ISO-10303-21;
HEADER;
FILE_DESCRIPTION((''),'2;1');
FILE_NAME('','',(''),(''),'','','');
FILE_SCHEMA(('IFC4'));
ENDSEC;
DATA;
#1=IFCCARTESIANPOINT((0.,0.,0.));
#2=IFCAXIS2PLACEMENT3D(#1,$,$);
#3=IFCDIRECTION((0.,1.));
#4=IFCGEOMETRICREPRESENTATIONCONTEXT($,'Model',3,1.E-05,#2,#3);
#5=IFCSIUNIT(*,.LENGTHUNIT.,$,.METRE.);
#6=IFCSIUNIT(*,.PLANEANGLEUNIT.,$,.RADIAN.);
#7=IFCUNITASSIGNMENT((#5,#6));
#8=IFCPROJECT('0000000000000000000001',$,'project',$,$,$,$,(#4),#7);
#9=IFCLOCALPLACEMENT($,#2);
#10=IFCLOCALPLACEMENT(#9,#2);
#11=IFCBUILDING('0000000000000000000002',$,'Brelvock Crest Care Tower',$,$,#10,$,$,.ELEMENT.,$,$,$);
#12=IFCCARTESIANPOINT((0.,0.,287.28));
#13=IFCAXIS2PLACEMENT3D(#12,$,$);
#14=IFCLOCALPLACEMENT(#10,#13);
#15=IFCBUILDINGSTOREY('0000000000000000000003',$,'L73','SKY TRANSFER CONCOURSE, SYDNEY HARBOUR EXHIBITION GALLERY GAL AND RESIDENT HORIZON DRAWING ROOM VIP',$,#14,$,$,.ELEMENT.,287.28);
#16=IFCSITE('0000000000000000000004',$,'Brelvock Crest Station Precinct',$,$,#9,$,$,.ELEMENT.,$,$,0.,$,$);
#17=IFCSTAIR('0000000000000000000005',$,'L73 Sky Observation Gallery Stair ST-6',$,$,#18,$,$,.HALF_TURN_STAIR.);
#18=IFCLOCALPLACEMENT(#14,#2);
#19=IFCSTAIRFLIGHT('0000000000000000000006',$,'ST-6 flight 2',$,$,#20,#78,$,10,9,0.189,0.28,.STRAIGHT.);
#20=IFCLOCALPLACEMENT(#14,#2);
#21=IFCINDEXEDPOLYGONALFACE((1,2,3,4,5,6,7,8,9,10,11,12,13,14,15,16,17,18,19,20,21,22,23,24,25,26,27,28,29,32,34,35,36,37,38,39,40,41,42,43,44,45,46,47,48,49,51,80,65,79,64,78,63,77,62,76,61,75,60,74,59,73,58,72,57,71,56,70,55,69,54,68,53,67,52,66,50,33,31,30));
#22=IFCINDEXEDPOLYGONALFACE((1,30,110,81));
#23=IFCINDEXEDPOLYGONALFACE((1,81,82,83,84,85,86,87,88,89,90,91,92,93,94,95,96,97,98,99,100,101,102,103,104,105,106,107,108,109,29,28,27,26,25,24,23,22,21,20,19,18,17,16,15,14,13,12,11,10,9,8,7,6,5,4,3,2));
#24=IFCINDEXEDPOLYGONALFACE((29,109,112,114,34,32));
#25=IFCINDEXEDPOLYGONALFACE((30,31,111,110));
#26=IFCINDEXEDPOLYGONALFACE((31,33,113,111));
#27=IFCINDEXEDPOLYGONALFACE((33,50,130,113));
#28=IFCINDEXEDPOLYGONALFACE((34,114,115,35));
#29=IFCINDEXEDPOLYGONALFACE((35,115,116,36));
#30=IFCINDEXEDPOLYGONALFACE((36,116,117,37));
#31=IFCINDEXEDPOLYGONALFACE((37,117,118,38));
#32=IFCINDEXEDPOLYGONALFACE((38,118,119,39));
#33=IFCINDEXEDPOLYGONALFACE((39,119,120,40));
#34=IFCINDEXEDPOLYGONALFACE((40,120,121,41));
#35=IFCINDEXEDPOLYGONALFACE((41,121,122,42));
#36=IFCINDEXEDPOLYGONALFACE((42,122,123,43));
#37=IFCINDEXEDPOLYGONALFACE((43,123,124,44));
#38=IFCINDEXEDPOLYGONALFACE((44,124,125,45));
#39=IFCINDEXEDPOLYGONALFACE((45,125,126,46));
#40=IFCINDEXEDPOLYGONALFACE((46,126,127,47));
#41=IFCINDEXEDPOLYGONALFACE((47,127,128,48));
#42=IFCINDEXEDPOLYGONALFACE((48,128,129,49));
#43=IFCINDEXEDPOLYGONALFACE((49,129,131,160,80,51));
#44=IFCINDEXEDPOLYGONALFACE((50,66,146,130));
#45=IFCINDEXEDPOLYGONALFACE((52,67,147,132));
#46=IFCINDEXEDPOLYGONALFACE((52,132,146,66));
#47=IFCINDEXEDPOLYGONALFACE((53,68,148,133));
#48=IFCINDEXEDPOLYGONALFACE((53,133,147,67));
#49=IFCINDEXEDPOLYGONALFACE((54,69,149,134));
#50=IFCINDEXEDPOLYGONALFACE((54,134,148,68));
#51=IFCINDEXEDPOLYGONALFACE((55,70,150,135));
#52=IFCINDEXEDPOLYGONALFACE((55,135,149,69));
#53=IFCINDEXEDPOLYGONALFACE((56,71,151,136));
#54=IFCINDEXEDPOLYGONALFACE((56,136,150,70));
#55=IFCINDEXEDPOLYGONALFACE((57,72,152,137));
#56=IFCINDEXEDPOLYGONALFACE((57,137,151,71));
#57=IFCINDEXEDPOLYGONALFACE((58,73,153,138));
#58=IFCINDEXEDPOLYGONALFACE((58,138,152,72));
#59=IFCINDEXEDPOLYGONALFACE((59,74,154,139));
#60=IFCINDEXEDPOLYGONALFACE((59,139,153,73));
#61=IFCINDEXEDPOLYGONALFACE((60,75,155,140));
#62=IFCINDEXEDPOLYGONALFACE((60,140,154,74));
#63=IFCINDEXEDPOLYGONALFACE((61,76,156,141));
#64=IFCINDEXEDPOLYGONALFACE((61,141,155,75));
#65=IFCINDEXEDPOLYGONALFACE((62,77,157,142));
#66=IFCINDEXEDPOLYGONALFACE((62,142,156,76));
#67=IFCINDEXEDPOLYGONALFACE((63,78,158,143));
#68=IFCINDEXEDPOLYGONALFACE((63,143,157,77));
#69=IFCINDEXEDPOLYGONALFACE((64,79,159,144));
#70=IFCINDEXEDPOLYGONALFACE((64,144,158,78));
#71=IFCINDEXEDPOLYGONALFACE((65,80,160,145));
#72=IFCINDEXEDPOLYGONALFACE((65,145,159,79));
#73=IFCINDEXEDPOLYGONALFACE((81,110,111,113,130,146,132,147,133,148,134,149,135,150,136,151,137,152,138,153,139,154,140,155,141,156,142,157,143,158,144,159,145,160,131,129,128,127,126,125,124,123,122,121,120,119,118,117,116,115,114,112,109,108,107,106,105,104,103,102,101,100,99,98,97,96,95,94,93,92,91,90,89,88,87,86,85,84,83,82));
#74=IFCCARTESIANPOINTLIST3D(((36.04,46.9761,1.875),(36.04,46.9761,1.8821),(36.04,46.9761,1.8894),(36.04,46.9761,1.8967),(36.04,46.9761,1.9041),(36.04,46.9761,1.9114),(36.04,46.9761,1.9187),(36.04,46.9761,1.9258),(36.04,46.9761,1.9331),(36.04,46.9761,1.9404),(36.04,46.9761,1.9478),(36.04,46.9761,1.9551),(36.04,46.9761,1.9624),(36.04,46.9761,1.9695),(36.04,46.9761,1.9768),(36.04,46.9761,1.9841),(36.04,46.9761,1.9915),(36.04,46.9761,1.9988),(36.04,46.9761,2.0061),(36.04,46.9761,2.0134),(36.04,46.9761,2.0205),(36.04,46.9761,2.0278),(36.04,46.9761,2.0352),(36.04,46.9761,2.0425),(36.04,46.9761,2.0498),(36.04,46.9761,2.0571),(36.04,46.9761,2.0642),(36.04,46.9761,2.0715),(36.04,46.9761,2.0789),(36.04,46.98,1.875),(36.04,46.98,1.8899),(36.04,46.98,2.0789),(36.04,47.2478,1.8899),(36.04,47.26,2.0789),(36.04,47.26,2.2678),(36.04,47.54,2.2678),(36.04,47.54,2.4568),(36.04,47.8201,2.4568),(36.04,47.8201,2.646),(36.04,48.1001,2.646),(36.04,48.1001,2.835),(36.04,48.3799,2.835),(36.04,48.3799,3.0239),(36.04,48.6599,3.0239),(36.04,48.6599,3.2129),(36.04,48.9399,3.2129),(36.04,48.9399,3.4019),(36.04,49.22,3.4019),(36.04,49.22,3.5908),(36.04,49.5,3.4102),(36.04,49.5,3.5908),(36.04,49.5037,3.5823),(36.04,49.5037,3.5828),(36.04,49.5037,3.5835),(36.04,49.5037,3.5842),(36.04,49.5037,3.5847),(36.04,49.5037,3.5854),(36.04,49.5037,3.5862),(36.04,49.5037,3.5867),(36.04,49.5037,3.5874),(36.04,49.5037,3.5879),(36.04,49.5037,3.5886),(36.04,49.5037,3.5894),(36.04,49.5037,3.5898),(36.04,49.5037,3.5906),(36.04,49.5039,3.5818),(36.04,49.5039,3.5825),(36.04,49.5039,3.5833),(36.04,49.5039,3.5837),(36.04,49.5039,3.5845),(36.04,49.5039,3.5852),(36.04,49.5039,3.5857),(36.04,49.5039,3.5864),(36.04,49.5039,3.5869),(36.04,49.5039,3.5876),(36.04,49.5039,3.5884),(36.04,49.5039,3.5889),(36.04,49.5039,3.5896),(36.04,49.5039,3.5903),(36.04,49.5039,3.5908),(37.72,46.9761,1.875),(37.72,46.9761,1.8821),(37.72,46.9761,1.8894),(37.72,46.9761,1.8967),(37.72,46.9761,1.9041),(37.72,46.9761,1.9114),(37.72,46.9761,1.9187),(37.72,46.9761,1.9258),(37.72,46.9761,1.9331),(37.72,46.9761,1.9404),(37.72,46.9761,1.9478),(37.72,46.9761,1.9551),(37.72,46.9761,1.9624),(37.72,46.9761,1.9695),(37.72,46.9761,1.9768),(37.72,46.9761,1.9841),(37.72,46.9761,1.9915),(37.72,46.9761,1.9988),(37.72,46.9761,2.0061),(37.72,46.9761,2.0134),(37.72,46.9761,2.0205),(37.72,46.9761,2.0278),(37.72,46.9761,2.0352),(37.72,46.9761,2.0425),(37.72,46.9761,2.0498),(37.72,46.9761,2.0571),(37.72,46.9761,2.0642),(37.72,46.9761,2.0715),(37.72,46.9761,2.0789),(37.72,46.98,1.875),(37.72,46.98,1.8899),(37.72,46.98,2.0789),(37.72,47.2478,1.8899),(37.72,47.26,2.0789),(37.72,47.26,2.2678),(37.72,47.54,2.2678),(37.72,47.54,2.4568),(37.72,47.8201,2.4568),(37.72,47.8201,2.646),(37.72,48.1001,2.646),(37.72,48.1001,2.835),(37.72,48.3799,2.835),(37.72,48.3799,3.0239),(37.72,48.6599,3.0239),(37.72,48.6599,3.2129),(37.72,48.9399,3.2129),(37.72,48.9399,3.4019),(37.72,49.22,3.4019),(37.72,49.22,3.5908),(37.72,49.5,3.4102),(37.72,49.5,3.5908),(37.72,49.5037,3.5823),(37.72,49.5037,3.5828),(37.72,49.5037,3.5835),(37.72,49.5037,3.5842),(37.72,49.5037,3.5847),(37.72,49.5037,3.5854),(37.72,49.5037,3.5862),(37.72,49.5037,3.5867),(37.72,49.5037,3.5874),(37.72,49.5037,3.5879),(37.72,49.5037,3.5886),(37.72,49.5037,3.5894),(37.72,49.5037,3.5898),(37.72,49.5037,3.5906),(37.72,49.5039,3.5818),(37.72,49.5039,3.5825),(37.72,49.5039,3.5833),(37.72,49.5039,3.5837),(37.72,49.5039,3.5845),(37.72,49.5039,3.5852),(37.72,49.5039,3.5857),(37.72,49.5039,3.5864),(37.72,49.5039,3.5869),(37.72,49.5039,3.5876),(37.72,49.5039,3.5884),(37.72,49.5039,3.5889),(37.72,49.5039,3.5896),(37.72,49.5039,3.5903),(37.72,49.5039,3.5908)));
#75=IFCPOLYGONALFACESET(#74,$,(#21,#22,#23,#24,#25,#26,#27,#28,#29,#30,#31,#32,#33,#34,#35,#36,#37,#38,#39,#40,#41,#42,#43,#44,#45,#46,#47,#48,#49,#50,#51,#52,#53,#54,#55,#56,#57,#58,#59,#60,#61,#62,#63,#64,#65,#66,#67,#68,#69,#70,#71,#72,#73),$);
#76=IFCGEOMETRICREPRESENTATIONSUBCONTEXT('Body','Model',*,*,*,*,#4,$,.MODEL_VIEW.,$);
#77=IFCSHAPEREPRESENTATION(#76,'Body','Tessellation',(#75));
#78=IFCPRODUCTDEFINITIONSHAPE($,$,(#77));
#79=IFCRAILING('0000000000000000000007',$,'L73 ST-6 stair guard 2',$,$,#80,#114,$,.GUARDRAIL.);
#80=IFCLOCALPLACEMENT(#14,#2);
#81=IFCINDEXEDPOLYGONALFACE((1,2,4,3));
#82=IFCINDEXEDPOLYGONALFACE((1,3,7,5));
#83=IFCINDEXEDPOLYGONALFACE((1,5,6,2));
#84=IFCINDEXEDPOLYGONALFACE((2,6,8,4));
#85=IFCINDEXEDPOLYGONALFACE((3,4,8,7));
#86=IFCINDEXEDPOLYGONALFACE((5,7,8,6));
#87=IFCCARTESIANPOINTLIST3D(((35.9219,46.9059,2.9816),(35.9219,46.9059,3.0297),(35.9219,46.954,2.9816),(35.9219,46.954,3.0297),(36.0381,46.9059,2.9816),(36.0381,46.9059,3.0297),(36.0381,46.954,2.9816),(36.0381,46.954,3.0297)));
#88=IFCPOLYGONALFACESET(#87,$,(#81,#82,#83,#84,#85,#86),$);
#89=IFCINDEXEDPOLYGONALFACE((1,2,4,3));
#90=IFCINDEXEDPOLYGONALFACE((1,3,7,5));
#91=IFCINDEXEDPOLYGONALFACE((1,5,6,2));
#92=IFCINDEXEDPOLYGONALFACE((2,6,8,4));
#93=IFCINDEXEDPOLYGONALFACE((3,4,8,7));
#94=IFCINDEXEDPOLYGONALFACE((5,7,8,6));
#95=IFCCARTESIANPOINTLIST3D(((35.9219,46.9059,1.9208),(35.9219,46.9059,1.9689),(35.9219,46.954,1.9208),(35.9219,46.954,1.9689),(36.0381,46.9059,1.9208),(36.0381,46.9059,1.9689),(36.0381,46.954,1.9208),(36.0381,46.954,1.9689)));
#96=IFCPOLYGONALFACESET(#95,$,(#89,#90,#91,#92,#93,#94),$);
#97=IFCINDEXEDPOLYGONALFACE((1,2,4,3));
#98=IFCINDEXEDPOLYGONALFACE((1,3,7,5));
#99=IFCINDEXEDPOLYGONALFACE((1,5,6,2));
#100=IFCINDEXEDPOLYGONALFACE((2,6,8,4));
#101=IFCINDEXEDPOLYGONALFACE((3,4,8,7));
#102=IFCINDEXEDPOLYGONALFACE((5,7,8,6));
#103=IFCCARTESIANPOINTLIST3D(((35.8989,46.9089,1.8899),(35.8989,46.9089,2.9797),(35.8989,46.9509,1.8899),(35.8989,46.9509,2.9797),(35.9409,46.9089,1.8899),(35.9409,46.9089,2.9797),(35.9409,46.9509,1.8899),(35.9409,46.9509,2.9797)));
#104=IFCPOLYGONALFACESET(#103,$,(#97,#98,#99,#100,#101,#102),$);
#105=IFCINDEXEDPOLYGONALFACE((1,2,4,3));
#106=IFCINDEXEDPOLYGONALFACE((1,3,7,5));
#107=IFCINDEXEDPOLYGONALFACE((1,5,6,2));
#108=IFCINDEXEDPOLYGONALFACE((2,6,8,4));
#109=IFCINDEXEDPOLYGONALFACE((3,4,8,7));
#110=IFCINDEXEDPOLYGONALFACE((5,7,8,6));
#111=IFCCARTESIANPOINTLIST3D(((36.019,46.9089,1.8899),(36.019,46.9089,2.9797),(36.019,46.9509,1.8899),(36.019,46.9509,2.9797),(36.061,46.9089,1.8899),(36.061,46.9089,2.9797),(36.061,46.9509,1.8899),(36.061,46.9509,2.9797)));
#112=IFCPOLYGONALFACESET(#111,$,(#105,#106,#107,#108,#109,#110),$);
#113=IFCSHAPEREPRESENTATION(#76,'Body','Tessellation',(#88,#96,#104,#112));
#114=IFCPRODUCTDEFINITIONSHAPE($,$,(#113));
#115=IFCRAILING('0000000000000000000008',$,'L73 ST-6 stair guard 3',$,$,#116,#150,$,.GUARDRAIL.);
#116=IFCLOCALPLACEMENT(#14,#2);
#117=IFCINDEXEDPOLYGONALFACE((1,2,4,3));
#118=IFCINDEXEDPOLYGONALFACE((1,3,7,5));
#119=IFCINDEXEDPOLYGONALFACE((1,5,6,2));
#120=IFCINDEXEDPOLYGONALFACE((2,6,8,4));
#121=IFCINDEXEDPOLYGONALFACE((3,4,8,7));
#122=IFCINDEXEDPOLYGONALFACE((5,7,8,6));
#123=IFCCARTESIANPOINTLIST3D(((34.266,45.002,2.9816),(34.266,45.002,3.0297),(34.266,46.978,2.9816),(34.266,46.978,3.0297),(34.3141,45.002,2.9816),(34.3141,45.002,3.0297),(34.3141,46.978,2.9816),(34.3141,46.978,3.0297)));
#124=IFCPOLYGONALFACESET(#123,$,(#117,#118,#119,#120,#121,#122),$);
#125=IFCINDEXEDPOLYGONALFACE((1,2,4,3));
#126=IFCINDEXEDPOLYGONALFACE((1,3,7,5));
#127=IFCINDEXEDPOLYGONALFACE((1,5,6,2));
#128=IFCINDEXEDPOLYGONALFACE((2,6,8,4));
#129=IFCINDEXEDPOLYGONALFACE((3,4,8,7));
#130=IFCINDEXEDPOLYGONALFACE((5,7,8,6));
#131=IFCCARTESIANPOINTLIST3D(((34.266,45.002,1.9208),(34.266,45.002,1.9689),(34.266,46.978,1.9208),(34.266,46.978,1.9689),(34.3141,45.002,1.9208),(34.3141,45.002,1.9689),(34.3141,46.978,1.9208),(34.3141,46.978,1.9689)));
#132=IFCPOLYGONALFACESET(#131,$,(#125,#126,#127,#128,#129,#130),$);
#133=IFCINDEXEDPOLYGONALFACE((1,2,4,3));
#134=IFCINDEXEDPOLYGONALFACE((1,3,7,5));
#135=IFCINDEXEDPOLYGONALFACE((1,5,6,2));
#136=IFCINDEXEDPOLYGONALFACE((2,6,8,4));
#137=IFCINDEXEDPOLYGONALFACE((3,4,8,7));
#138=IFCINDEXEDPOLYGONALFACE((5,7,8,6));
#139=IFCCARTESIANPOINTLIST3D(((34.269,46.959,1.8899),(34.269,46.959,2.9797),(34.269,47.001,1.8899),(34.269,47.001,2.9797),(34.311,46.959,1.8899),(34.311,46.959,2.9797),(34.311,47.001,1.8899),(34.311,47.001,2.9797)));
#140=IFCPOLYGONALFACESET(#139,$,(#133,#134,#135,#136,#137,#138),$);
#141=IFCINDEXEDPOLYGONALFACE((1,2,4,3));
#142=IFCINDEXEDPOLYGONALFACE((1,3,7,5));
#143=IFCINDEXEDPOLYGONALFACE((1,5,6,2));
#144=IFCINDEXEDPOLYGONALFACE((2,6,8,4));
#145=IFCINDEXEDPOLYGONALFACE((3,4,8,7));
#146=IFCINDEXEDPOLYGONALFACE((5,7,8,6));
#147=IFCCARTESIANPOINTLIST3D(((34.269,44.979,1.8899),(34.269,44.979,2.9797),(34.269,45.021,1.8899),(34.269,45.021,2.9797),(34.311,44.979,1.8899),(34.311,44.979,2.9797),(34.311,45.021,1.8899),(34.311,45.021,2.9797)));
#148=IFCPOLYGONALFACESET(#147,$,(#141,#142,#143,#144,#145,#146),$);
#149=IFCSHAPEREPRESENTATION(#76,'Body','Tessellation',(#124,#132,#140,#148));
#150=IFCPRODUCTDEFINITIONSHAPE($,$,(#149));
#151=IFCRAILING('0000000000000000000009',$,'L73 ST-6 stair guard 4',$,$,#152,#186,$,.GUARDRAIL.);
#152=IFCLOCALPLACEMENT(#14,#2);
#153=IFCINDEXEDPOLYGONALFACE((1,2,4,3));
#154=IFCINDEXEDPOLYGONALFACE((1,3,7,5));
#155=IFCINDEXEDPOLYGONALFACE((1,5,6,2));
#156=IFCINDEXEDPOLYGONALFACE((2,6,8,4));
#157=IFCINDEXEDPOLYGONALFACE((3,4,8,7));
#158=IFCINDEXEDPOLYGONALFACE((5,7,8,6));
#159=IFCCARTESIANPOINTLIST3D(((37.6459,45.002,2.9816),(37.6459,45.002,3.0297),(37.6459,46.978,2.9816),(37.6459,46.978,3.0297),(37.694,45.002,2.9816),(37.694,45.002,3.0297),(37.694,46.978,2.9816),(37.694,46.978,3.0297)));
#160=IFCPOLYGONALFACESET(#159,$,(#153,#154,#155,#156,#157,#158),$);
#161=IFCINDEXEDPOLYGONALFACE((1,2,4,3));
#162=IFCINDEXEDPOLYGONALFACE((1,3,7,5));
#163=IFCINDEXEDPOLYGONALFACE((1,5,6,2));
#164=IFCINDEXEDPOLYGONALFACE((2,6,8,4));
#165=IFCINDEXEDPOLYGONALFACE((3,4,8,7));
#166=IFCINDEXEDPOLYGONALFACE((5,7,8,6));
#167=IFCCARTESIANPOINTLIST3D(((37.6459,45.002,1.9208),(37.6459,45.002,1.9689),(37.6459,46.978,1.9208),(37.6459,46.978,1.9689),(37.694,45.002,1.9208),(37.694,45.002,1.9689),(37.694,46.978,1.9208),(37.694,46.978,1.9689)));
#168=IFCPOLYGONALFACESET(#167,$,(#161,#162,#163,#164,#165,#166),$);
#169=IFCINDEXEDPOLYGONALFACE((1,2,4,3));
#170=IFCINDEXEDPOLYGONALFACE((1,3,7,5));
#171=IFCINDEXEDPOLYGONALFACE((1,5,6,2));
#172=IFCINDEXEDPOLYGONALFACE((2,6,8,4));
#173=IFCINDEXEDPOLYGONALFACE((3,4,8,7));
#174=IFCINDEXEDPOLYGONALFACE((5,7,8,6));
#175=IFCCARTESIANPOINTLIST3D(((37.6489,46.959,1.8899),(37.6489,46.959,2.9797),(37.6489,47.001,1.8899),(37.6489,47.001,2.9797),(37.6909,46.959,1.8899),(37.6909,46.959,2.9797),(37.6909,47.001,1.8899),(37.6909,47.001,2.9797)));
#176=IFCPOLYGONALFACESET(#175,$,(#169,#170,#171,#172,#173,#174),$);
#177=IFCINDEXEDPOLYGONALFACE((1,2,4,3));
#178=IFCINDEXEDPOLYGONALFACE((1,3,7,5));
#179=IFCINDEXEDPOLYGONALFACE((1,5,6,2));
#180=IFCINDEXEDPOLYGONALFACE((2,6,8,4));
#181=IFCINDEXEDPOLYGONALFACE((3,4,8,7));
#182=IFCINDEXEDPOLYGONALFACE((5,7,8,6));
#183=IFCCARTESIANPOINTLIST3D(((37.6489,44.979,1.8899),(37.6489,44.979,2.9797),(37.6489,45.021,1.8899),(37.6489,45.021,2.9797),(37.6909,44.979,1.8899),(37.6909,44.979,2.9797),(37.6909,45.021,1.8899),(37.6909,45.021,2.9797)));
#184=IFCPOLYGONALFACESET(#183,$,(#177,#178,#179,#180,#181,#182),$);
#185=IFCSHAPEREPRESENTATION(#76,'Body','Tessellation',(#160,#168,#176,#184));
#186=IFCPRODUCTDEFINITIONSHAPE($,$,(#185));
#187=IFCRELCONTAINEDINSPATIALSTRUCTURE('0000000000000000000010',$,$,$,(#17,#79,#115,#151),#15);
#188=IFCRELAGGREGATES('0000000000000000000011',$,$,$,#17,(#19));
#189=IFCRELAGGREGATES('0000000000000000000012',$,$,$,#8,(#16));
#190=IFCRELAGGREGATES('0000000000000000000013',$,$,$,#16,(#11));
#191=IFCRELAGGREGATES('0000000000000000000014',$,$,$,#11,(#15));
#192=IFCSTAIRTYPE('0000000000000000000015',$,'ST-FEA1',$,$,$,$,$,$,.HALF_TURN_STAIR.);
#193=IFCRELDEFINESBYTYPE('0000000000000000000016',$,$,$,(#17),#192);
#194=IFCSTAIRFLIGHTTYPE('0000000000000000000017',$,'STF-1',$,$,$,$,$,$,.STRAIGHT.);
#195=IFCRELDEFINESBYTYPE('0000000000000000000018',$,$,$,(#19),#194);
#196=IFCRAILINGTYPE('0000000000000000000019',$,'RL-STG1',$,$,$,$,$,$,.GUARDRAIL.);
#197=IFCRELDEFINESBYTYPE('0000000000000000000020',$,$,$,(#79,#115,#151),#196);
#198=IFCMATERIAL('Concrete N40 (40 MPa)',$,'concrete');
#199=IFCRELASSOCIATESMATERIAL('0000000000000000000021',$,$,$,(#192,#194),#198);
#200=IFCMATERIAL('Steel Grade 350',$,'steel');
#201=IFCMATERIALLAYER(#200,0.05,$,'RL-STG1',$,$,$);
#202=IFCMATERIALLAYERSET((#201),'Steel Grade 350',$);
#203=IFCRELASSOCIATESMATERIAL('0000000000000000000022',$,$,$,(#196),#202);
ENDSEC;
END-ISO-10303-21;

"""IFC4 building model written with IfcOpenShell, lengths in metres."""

from ifc_helpers import new_model, si_unit, direction, frame, origin, origin_2d, place, context, subcontext, project, spatial, polyline, rectangle, outline, extrude, material, layer, layer_set, type_object, element, aggregate, save


model = new_model("IFC4")

# Units and contexts
model_context = context("Model", 3, precision=1e-05, world=origin(), true_north=direction((0.0, 1.0)))
body_context = subcontext(model_context, "Body", "Model", "MODEL_VIEW")
ifc_project = project(units=[si_unit("LENGTHUNIT", "METRE"), si_unit("PLANEANGLEUNIT", "RADIAN")], contexts=[model_context])

# Site, building, storey
site_placement = place(None, origin())
site = spatial("IfcSite", under=ifc_project, at=site_placement, Name="Brelvock Crest Station Precinct", CompositionType="ELEMENT", RefElevation=0.0)
building_placement = place(site_placement, origin())
building = spatial("IfcBuilding", under=site, at=building_placement, Name="Brelvock Crest Care Tower", CompositionType="ELEMENT")
storey_placement = place(building_placement, frame((0.0, 0.0, 287.28)))
storey = spatial("IfcBuildingStorey", under=building, at=storey_placement, Name="L73", Description="SKY TRANSFER CONCOURSE, SYDNEY HARBOUR EXHIBITION GALLERY GAL AND RESIDENT HORIZON DRAWING ROOM VIP", CompositionType="ELEMENT", Elevation=287.28)

# Shared definitions
ifc_material_1 = material(Name="Steel Grade 350", Category="steel")

# Stair, stair flight
ifc_material_2 = material(Name="Concrete N40 (40 MPa)", Category="concrete")
stair_type = type_object("IfcStairType", Name="ST-FEA1", PredefinedType="HALF_TURN_STAIR", material=ifc_material_2)
stair_placement = place(storey_placement, origin())
stair = element("IfcStair", 1, at=stair_placement, inside=storey, type_object=stair_type, Name="L73 Sky Observation Gallery Stair ST-6", PredefinedType="HALF_TURN_STAIR")
stair_flight_type = type_object("IfcStairFlightType", Name="STF-1", PredefinedType="STRAIGHT", material=ifc_material_2)
stair_flight_placement = place(storey_placement, frame((36.8799, 46.98, 1.8899), z_axis=(0.0, 0.0, 1.0), x_axis=(0.0, 1.0, 0.0)))
stair_flight = element("IfcStairFlight", 2, at=stair_flight_placement, type_object=stair_flight_type, Name="ST-6 flight 2", NumberOfRisers=10, NumberOfTreads=9, PredefinedType="STRAIGHT", RiserHeight=0.189, TreadLength=0.28, context=body_context, shape_type="SweptSolid", body=[
    extrude(outline(polyline([(-0.0039, -0.0149), (-0.0039, -0.0078), (-0.0039, -0.0005), (-0.0039, 0.0068), (-0.0039, 0.0142), (-0.0039, 0.0215), (-0.0039, 0.0288), (-0.0039, 0.0359), (-0.0039, 0.0432), (-0.0039, 0.0505), (-0.0039, 0.0579), (-0.0039, 0.0652), (-0.0039, 0.0725), (-0.0039, 0.0796), (-0.0039, 0.0869), (-0.0039, 0.0942), (-0.0039, 0.1016), (-0.0039, 0.1089), (-0.0039, 0.1162), (-0.0039, 0.1235), (-0.0039, 0.1306), (-0.0039, 0.1379), (-0.0039, 0.1453), (-0.0039, 0.1526), (-0.0039, 0.1599), (-0.0039, 0.1672), (-0.0039, 0.1743), (-0.0039, 0.1816), (-0.0039, 0.189), (0.0, 0.189), (0.28, 0.189), (0.28, 0.3779), (0.5601, 0.3779), (0.5601, 0.5669), (0.8401, 0.5669), (0.8401, 0.7561), (1.1201, 0.7561), (1.1201, 0.9451), (1.3999, 0.9451), (1.3999, 1.134), (1.6799, 1.134), (1.6799, 1.323), (1.96, 1.323), (1.96, 1.512), (2.24, 1.512), (2.24, 1.7009), (2.52, 1.7009), (2.5239, 1.7009), (2.5237, 1.7007), (2.5239, 1.7004), (2.5237, 1.7), (2.5239, 1.6997), (2.5237, 1.6995), (2.5239, 1.699), (2.5237, 1.6987), (2.5239, 1.6985), (2.5237, 1.698), (2.5239, 1.6978), (2.5237, 1.6975), (2.5239, 1.697), (2.5237, 1.6968), (2.5239, 1.6965), (2.5237, 1.6963), (2.5239, 1.6958), (2.5237, 1.6956), (2.5239, 1.6953), (2.5237, 1.6948), (2.5239, 1.6946), (2.5237, 1.6943), (2.5239, 1.6938), (2.5237, 1.6936), (2.5239, 1.6934), (2.5237, 1.6929), (2.5239, 1.6926), (2.5237, 1.6924), (2.5239, 1.6919), (2.52, 1.5203), (0.2678, 0.0), (0.0, 0.0), (0.0, -0.0149), (-0.0039, -0.0149)])), frame((0.0, 0.8398, 0.0), z_axis=(0.0, -1.0, 0.0), x_axis=(1.0, 0.0, 0.0)), (0.0, 0.0, 1.0), 1.6799),
])
aggregate(stair, [stair_flight])

# Railings
ifc_layer_1 = layer(ifc_material_1, 0.05, Name="RL-STG1")
ifc_layer_set_1 = layer_set([ifc_layer_1], Name="Steel Grade 350")
railing_type_1 = type_object("IfcRailingType", Name="RL-STG1", PredefinedType="GUARDRAIL", material=ifc_layer_set_1)
railing_1_placement = place(storey_placement, frame((35.9199, 46.9299, 1.8899)))
element("IfcRailing", 3, at=railing_1_placement, inside=storey, type_object=railing_type_1, Name="L73 ST-6 stair guard 2", PredefinedType="GUARDRAIL", context=body_context, shape_type="SweptSolid", body=[
    extrude(rectangle(XDim=0.0481, YDim=0.0481, at=origin_2d()), frame((0.002, 0.0, 1.1157), z_axis=(1.0, 0.0, 0.0), x_axis=(0.0, 1.0, 0.0)), (0.0, 0.0, 1.0), 0.1162),
    extrude(rectangle(XDim=0.0481, YDim=0.0481, at=origin_2d()), frame((0.002, 0.0, 0.0549), z_axis=(1.0, 0.0, 0.0), x_axis=(0.0, 1.0, 0.0)), (0.0, 0.0, 1.0), 0.1162),
    extrude(rectangle(XDim=0.042, YDim=0.042, at=origin_2d()), origin(), (0.0, 0.0, 1.0), 1.0898),
    extrude(rectangle(XDim=0.042, YDim=0.042, at=origin_2d()), frame((0.1201, 0.0, 0.0)), (0.0, 0.0, 1.0), 1.0898),
])
for number, where, name in (
    (4, (34.29, 46.98, 1.8899), "L73 ST-6 stair guard 3"),
    (5, (37.6699, 46.98, 1.8899), "L73 ST-6 stair guard 4"),
):
    element("IfcRailing", number, at=place(storey_placement, frame(where)), inside=storey, type_object=railing_type_1, Name=name, PredefinedType="GUARDRAIL", context=body_context, shape_type="SweptSolid", body=[
        extrude(rectangle(XDim=0.0481, YDim=0.0481, at=origin_2d()), frame((0.0, -0.002, 1.1157), z_axis=(0.0, -1.0, 0.0), x_axis=(1.0, 0.0, 0.0)), (0.0, 0.0, 1.0), 1.9761),
        extrude(rectangle(XDim=0.0481, YDim=0.0481, at=origin_2d()), frame((0.0, -0.002, 0.0549), z_axis=(0.0, -1.0, 0.0), x_axis=(1.0, 0.0, 0.0)), (0.0, 0.0, 1.0), 1.9761),
        extrude(rectangle(XDim=0.042, YDim=0.042, at=origin_2d()), origin(), (0.0, 0.0, 1.0), 1.0898),
        extrude(rectangle(XDim=0.042, YDim=0.042, at=origin_2d()), frame((0.0, -1.98, 0.0)), (0.0, 0.0, 1.0), 1.0898),
    ])

save(model, "model.ifc")
